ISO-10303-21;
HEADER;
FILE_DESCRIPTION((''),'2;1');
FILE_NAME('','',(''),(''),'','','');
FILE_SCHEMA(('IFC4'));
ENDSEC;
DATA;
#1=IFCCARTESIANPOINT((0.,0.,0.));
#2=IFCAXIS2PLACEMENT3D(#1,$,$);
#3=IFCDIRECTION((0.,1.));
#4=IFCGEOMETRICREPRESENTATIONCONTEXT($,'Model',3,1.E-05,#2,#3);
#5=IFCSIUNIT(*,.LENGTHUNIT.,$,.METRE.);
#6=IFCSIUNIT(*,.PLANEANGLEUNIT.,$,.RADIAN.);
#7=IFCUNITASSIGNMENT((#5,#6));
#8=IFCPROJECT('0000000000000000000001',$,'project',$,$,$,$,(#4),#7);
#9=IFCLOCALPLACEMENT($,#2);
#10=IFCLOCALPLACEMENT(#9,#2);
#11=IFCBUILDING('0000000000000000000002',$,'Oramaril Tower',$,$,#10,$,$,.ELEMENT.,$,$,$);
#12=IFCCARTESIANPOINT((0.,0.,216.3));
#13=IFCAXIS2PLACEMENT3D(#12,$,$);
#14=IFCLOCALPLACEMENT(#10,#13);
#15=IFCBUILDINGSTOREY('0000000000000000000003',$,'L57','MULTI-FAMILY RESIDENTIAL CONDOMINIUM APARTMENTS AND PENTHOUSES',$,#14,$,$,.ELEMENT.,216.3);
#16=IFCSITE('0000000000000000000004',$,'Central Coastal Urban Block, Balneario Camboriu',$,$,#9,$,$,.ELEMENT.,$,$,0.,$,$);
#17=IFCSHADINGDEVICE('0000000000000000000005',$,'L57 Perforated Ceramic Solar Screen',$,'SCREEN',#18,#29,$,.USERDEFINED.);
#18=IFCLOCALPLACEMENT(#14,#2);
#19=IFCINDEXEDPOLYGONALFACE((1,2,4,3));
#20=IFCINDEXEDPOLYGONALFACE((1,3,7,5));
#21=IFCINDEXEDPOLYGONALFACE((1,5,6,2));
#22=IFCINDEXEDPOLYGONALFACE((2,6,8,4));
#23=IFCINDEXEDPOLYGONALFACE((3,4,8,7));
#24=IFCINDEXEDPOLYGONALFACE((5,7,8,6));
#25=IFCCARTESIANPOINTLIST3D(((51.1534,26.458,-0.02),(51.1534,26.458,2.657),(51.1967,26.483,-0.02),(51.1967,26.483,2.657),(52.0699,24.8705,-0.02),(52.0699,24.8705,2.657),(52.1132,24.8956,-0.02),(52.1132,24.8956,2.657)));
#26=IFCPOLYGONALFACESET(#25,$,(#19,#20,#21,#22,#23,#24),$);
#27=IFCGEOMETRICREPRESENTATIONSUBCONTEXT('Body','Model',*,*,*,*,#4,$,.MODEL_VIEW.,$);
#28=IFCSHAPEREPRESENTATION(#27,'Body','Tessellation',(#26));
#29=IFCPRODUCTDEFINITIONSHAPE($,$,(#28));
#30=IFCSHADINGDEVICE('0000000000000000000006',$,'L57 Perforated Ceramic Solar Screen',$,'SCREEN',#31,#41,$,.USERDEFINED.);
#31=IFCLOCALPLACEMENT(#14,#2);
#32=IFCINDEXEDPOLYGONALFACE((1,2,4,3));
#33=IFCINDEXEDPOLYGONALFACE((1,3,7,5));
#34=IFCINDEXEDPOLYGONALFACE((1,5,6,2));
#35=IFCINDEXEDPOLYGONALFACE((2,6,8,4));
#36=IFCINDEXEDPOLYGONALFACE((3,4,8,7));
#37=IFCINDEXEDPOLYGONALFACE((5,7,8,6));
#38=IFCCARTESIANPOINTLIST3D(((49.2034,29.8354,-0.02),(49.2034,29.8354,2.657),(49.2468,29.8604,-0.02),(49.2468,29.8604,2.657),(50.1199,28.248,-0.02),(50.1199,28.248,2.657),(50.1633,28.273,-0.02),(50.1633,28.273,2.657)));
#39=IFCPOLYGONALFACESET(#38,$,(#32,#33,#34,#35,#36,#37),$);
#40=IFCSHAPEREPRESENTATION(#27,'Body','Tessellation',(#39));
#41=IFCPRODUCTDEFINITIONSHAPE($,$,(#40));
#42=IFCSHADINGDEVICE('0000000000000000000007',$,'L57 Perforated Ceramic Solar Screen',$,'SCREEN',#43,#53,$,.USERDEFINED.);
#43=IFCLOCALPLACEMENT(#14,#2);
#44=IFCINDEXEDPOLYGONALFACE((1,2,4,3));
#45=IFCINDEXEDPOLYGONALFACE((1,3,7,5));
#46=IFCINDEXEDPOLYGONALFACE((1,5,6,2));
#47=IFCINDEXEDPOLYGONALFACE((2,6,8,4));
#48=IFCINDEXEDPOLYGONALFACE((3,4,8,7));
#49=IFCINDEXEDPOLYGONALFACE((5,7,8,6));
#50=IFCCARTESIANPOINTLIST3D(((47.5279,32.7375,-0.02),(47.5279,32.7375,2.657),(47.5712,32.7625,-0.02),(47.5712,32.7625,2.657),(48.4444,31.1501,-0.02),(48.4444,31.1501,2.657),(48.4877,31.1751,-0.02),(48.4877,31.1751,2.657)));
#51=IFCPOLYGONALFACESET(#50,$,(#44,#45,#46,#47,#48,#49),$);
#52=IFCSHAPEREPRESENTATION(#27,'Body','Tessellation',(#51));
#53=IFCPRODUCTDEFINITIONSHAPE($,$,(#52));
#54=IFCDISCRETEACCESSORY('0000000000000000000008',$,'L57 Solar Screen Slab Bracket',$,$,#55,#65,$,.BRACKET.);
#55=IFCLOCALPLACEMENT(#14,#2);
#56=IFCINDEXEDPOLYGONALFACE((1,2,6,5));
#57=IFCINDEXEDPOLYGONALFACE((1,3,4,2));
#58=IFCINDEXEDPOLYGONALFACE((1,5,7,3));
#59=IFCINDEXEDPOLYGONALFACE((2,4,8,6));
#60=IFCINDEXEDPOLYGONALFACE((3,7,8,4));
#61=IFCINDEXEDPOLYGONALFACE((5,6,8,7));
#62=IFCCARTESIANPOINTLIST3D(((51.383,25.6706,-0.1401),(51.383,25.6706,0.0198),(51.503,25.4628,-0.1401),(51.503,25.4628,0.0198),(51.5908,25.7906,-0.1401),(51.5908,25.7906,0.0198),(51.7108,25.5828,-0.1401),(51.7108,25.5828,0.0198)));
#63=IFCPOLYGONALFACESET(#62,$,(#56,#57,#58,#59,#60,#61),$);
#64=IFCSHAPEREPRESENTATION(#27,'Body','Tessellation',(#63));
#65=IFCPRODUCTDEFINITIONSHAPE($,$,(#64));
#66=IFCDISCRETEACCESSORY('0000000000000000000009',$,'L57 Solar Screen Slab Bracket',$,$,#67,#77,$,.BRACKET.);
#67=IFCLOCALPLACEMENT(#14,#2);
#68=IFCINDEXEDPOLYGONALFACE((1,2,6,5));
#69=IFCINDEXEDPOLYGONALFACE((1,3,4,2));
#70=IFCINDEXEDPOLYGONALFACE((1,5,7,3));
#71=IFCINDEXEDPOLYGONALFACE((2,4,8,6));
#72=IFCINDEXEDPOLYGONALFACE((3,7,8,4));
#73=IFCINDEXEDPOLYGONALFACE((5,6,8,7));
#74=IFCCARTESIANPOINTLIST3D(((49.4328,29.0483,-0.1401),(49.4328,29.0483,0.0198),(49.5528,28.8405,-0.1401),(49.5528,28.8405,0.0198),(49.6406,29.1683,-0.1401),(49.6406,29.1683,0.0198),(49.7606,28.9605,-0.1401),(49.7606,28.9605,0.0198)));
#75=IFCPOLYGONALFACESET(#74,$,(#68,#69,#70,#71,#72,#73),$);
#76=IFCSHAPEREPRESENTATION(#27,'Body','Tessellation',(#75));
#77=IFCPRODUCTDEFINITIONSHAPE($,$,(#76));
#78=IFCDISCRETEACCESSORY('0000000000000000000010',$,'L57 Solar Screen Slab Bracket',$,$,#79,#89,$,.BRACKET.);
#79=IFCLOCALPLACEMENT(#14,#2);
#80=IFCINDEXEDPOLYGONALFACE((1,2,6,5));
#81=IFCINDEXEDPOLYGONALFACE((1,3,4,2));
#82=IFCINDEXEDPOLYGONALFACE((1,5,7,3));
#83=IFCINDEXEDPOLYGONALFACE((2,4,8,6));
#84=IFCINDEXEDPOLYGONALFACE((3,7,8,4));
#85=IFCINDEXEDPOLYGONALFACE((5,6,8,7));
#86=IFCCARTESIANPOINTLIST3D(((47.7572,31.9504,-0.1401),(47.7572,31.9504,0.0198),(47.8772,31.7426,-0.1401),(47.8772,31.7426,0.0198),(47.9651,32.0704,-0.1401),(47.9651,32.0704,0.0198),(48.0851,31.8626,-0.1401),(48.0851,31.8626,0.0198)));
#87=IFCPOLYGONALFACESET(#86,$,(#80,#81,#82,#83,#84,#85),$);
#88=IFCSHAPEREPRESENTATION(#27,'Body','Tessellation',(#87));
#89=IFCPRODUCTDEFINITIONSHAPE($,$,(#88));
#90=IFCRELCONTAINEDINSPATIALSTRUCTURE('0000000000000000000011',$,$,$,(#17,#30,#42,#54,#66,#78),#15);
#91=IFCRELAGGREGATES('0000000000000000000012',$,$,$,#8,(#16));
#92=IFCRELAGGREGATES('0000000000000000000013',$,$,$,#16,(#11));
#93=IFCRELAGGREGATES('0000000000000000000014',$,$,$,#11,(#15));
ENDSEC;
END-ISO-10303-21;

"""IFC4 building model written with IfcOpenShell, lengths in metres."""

from ifc_helpers import new_model, si_unit, direction, frame, origin, origin_2d, place, context, subcontext, project, spatial, rectangle, extrude, element, save


model = new_model("IFC4")

# Units and contexts
model_context = context("Model", 3, precision=1e-05, world=origin(), true_north=direction((0.0, 1.0)))
body_context = subcontext(model_context, "Body", "Model", "MODEL_VIEW")
ifc_project = project(units=[si_unit("LENGTHUNIT", "METRE"), si_unit("PLANEANGLEUNIT", "RADIAN")], contexts=[model_context])

# Site, building, storey
site_placement = place(None, origin())
site = spatial("IfcSite", under=ifc_project, at=site_placement, Name="Central Coastal Urban Block, Balneario Camboriu", CompositionType="ELEMENT", RefElevation=0.0)
building_placement = place(site_placement, origin())
building = spatial("IfcBuilding", under=site, at=building_placement, Name="Oramaril Tower", CompositionType="ELEMENT")
storey_placement = place(building_placement, frame((0.0, 0.0, 216.3)))
storey = spatial("IfcBuildingStorey", under=building, at=storey_placement, Name="L57", Description="MULTI-FAMILY RESIDENTIAL CONDOMINIUM APARTMENTS AND PENTHOUSES", CompositionType="ELEMENT", Elevation=216.3)

# Shading devices
for number, where, z_axis, x_axis, name in (
    (1, (51.6333, 25.6768, -0.02), (0.0, 0.0, 1.0), (-0.500002, 0.866025, 0.0), "L57 Perforated Ceramic Solar Screen"),
    (2, (49.6833, 29.0542, -0.02), (0.0, 0.0, 1.0), (-0.500002, 0.866025, 0.0), "L57 Perforated Ceramic Solar Screen"),
    (3, (48.0078, 31.9563, -0.02), (0.0, 0.0, 1.0), (-0.500002, 0.866025, 0.0), "L57 Perforated Ceramic Solar Screen"),
):
    element("IfcShadingDevice", number, at=place(storey_placement, frame(where, z_axis=z_axis, x_axis=x_axis)), inside=storey, Name=name, ObjectType="SCREEN", PredefinedType="USERDEFINED", context=body_context, shape_type="SweptSolid", body=[
        extrude(rectangle(XDim=1.833, YDim=0.05, at=origin_2d()), origin(), (0.0, 0.0, 1.0), 2.677),
    ])

# Discrete accessories
for number, where, z_axis, x_axis, name in (
    (4, (51.5469, 25.6267, -0.1401), (0.0, 0.0, 1.0), (-0.500002, 0.866025, 0.0), "L57 Solar Screen Slab Bracket"),
    (5, (49.5967, 29.0044, -0.1401), (0.0, 0.0, 1.0), (-0.500002, 0.866025, 0.0), "L57 Solar Screen Slab Bracket"),
    (6, (47.9211, 31.9065, -0.1401), (0.0, 0.0, 1.0), (-0.500002, 0.866025, 0.0), "L57 Solar Screen Slab Bracket"),
):
    element("IfcDiscreteAccessory", number, at=place(storey_placement, frame(where, z_axis=z_axis, x_axis=x_axis)), inside=storey, Name=name, PredefinedType="BRACKET", context=body_context, shape_type="SweptSolid", body=[
        extrude(rectangle(XDim=0.24, YDim=0.24, at=origin_2d()), origin(), (0.0, 0.0, 1.0), 0.1599),
    ])

save(model, "model.ifc")
